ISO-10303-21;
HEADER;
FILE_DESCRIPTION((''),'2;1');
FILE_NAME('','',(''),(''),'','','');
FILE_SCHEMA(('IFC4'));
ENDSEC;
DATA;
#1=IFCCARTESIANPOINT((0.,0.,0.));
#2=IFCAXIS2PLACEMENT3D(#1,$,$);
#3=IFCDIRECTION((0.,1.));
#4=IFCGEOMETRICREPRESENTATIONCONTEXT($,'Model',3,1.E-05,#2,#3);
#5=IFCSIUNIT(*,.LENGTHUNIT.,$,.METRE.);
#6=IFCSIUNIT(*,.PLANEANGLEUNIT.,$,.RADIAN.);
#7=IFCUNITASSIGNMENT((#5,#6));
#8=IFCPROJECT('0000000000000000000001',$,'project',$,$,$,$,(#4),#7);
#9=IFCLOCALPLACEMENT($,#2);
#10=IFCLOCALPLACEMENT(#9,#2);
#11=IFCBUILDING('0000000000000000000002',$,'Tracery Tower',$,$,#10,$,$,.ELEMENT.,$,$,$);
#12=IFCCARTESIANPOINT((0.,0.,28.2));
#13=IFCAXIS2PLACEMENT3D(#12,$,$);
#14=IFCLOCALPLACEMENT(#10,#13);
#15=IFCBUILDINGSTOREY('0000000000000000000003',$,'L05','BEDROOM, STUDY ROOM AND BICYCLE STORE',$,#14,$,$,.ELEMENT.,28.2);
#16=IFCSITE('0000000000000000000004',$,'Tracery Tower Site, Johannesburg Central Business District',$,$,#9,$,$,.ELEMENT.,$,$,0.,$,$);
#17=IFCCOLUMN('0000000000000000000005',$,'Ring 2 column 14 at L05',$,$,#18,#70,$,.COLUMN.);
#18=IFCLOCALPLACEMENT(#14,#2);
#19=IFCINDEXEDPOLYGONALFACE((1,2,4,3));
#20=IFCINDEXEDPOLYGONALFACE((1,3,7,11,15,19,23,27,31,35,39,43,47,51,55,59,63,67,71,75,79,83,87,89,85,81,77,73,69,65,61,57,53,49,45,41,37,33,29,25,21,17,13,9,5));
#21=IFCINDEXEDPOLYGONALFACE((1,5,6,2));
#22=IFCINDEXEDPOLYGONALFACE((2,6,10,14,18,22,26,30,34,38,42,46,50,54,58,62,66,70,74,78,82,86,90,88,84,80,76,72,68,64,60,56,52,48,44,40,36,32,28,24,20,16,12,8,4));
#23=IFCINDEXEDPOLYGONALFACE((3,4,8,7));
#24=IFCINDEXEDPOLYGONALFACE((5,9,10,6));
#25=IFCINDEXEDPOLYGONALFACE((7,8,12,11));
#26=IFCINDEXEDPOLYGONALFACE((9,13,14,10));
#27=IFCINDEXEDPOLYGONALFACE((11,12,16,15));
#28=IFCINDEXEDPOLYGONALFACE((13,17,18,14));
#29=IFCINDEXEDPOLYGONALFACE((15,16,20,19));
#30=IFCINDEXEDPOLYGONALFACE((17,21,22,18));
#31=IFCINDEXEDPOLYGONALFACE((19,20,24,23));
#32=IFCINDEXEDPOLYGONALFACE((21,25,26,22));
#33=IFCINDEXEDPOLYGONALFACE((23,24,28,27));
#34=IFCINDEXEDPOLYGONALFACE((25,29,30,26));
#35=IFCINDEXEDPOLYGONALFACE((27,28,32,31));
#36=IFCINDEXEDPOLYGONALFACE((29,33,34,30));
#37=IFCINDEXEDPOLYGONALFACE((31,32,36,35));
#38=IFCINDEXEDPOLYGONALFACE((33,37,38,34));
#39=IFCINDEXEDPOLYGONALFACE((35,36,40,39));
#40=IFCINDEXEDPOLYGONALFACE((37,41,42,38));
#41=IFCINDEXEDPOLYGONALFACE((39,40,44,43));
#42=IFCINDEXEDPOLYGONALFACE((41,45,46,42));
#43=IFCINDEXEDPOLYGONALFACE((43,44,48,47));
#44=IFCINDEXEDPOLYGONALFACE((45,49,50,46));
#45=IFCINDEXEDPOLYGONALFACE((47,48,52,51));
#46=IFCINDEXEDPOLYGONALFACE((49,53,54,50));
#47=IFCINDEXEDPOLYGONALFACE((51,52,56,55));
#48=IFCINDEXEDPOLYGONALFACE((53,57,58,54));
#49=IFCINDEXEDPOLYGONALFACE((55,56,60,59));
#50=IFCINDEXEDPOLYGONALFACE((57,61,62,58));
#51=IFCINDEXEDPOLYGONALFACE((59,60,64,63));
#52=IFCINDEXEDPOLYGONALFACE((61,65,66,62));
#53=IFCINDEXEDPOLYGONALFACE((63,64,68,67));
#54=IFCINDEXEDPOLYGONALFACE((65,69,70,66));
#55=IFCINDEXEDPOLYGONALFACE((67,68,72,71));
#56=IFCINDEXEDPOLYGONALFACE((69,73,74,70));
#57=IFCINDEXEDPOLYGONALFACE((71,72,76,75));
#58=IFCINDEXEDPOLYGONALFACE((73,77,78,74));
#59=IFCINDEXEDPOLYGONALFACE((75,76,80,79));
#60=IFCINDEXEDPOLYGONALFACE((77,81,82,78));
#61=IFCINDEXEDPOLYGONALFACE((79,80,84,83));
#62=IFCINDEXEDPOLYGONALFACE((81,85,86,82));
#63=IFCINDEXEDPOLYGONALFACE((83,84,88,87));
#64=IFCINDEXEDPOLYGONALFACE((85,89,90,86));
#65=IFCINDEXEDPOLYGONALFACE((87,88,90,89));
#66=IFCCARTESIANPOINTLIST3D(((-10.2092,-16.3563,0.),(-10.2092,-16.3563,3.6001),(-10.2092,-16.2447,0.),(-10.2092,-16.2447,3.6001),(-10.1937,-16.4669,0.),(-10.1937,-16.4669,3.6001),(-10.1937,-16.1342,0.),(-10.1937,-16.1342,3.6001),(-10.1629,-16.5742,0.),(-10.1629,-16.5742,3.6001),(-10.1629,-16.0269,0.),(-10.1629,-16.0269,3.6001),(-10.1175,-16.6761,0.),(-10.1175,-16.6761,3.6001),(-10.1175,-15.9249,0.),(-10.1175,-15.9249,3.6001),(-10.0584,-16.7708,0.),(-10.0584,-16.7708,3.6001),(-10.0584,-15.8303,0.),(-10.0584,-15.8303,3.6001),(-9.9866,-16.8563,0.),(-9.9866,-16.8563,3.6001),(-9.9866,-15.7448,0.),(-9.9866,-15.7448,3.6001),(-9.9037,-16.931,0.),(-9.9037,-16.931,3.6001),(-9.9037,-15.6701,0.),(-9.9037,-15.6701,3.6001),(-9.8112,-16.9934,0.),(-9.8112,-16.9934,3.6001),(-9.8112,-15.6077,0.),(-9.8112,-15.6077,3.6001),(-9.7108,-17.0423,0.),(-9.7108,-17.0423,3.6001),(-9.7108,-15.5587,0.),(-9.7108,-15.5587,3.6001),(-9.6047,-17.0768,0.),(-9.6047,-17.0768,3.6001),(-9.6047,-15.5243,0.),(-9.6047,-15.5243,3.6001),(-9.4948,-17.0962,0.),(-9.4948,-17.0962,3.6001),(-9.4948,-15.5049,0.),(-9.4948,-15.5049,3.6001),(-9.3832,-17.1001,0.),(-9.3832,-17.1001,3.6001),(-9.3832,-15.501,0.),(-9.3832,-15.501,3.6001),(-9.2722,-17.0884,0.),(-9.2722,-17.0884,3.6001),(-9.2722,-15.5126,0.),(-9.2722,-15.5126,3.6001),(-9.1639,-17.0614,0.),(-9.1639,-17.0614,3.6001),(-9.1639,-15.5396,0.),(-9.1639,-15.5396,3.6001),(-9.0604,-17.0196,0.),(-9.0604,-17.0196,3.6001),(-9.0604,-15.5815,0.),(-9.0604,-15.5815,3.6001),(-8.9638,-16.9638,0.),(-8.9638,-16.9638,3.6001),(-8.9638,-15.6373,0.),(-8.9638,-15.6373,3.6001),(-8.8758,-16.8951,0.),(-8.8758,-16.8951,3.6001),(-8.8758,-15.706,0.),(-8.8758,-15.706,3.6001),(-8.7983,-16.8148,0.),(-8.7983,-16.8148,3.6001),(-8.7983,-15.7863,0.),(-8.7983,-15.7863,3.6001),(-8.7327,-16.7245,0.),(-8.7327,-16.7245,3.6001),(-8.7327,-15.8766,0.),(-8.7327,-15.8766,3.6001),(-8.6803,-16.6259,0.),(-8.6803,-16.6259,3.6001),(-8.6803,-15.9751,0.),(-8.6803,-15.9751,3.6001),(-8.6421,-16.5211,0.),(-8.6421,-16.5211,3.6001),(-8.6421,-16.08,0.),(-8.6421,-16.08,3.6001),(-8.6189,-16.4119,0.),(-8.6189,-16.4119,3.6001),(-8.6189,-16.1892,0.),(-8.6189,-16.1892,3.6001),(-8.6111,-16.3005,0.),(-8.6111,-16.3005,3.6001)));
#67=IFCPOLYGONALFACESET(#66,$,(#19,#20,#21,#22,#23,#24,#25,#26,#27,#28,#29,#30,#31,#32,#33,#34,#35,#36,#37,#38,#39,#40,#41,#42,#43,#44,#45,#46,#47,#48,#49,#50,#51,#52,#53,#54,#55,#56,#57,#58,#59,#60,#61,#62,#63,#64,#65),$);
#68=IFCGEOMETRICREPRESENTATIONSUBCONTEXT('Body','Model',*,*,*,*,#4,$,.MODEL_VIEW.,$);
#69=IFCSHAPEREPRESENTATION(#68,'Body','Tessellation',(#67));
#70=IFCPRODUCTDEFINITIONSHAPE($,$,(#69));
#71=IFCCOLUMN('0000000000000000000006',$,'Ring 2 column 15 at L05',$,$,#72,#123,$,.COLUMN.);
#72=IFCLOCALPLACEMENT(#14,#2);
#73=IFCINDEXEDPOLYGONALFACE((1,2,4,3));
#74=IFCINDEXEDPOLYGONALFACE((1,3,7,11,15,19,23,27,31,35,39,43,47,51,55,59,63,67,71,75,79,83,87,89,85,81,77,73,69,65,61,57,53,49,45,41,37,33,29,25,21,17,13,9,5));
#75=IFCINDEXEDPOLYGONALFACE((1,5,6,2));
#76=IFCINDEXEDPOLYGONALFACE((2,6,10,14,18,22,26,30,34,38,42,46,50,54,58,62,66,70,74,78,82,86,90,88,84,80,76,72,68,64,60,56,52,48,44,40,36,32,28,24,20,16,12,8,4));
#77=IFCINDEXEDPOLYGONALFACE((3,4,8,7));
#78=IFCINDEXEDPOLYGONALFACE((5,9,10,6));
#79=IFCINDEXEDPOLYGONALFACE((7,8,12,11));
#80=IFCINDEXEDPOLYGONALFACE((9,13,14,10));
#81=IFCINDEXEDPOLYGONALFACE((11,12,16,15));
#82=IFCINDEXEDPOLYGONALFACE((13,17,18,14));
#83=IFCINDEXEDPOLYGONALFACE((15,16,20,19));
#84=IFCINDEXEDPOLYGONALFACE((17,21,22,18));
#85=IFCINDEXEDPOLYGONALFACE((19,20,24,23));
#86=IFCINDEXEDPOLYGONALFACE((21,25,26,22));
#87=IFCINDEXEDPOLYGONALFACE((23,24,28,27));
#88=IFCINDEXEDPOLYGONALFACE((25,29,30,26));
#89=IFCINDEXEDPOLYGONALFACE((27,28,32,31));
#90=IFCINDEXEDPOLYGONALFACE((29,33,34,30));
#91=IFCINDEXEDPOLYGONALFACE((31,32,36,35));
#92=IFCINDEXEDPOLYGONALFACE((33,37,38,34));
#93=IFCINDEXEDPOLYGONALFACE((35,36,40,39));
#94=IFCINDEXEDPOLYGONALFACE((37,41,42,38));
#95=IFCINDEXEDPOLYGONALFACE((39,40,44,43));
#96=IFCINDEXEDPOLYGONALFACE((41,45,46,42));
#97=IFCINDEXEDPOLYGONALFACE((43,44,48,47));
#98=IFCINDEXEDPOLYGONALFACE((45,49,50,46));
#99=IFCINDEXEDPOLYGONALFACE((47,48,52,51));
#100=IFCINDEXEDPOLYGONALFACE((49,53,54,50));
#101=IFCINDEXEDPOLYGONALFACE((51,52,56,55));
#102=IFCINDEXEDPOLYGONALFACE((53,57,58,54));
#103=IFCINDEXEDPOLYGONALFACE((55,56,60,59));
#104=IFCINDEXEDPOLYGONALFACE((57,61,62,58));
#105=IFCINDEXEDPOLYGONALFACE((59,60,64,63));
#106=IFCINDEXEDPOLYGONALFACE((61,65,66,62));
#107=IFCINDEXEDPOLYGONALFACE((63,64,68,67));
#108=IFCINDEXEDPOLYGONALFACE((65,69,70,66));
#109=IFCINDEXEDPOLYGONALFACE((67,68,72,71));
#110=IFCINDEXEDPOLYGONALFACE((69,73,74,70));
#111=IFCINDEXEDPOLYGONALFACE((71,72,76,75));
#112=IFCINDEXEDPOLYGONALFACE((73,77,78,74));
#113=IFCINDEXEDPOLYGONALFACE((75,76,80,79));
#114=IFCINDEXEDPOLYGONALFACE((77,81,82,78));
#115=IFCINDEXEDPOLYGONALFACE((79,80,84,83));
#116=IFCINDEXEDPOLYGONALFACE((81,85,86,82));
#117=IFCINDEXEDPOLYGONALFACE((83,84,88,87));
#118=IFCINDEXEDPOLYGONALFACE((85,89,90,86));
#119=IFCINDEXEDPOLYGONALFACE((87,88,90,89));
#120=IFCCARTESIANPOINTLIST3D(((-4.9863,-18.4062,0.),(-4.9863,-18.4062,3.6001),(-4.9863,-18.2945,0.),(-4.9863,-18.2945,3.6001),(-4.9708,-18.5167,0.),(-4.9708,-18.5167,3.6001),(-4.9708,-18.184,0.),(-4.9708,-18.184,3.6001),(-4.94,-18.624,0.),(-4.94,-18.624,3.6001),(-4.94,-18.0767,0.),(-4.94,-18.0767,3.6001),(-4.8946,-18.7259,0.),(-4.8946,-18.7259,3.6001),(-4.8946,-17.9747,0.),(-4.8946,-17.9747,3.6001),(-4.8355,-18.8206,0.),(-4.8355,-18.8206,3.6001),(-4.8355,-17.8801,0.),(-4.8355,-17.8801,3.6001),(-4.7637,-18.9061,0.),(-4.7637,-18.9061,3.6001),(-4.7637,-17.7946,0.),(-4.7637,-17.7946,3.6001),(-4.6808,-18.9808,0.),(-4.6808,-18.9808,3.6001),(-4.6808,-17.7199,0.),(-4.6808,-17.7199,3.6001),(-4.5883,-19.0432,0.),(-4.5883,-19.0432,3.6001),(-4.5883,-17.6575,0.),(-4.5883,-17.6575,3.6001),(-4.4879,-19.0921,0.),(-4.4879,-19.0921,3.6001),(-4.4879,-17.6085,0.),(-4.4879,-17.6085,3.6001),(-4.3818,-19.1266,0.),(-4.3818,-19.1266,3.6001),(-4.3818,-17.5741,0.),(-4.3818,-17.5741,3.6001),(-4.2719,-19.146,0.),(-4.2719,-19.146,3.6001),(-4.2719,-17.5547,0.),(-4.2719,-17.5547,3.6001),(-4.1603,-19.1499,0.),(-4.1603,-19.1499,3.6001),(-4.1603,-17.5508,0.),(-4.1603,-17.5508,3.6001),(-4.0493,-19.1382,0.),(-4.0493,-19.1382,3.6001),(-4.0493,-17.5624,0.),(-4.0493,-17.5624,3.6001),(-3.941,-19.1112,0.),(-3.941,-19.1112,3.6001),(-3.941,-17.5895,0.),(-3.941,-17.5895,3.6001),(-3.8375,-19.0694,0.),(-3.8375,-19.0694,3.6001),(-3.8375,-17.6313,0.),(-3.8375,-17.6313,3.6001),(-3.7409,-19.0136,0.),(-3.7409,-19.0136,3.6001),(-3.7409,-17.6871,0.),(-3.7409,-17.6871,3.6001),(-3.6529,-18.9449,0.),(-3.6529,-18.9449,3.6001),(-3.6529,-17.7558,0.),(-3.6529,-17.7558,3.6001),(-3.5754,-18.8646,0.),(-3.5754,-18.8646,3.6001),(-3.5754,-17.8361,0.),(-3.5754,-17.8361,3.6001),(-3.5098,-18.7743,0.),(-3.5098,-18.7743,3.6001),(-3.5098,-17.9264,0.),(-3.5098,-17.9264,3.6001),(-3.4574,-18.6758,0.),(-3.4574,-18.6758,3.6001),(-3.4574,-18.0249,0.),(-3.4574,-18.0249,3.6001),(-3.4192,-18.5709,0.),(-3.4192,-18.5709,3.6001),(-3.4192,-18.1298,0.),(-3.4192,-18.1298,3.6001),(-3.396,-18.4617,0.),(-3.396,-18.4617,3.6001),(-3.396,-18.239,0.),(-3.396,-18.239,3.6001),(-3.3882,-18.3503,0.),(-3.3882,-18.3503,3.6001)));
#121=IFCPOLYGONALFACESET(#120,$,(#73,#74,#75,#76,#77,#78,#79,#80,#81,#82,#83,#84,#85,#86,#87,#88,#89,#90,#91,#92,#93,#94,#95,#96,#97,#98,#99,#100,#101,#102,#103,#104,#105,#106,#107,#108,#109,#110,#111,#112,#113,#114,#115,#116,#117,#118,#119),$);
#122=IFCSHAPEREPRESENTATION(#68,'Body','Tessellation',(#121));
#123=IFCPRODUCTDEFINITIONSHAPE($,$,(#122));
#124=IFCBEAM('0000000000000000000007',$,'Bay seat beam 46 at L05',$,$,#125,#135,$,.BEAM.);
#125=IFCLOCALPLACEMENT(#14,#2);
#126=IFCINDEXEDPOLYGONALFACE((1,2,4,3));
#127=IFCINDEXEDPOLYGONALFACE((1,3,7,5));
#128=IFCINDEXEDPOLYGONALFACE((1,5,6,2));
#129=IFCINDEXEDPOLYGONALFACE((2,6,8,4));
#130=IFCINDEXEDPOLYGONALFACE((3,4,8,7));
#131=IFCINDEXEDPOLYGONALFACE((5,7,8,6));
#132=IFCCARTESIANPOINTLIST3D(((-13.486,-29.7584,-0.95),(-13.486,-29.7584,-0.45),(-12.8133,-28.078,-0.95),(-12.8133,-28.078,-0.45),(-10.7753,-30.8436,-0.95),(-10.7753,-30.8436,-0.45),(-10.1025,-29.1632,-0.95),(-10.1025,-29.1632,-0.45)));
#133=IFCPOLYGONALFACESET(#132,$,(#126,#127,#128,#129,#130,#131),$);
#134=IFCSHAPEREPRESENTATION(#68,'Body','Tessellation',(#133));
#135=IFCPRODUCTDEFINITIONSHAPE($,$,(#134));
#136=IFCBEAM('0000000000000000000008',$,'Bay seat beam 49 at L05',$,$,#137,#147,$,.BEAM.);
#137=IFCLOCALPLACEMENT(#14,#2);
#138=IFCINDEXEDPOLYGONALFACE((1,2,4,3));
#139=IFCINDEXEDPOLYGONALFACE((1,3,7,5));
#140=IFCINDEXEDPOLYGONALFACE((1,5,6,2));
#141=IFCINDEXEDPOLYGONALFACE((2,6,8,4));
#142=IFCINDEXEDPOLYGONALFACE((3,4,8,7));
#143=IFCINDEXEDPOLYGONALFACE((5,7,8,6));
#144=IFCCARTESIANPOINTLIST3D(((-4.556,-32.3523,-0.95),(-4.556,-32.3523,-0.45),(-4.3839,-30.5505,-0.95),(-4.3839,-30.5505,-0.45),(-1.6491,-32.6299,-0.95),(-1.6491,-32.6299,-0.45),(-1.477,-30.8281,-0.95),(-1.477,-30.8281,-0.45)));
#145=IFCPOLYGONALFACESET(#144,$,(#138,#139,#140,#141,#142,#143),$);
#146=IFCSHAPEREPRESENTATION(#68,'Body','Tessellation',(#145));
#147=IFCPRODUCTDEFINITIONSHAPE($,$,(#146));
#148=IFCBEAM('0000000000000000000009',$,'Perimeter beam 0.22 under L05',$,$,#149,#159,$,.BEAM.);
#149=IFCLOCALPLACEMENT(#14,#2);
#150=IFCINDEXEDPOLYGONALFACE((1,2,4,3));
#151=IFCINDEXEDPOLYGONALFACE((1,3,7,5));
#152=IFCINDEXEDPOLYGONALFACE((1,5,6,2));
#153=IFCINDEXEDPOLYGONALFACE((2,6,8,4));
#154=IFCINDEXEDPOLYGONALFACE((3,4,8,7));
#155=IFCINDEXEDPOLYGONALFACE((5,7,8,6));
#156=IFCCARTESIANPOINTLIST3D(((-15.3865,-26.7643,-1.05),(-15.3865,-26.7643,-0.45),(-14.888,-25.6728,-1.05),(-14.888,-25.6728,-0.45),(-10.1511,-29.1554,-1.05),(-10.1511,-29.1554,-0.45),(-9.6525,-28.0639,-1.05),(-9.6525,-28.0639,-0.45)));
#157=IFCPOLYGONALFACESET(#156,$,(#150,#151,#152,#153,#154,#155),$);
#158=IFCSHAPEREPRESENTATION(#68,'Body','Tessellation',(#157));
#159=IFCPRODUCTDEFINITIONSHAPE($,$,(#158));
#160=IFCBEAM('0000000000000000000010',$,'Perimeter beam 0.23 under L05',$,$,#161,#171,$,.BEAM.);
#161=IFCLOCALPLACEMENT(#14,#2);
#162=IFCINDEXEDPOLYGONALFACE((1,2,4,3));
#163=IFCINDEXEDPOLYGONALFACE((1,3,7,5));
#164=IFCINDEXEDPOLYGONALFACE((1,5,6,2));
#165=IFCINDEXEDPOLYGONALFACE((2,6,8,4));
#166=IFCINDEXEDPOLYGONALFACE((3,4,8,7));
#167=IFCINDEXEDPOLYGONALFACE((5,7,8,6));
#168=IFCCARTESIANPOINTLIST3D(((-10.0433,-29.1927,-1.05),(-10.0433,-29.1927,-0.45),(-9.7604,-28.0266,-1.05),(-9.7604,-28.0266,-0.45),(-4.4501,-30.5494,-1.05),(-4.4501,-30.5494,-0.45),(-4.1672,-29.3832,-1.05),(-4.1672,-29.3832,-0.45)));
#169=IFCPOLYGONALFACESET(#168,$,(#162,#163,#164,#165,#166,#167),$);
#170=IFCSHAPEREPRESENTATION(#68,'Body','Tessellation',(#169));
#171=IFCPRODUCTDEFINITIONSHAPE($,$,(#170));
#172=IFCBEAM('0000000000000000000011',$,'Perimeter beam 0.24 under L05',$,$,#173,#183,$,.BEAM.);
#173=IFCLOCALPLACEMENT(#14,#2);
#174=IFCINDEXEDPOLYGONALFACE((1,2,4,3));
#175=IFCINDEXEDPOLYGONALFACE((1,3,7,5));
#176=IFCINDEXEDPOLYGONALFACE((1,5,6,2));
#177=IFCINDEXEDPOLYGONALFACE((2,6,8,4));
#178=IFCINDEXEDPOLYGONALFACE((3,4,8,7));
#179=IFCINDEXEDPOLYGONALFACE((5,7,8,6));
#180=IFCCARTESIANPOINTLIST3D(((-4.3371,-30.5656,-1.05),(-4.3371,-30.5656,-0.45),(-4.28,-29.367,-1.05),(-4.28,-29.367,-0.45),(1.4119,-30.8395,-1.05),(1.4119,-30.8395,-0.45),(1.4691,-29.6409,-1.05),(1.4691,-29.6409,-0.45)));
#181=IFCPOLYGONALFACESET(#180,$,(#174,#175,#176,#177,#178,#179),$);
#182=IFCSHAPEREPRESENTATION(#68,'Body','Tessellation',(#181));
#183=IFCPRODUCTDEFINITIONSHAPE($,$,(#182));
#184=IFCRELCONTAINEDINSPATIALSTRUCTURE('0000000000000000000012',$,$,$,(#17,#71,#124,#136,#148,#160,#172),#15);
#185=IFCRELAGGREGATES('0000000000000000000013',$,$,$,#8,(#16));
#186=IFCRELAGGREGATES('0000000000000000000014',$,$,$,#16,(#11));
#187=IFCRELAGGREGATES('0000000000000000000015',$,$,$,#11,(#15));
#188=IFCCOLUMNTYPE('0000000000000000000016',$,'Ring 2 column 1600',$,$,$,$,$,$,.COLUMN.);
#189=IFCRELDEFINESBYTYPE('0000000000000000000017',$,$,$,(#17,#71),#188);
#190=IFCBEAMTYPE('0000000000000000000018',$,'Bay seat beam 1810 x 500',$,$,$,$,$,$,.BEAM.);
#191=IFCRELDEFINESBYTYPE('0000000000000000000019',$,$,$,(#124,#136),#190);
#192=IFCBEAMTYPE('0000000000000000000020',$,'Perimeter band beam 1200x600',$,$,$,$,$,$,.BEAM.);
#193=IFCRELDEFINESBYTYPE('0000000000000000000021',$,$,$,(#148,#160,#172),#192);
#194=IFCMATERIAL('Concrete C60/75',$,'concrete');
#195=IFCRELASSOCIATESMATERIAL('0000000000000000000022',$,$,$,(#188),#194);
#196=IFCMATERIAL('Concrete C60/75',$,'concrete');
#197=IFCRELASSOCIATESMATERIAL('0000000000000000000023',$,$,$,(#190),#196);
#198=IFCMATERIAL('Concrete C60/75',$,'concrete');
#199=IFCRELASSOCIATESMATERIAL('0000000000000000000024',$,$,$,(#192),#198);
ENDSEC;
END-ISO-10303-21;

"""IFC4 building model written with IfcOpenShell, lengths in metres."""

from ifc_helpers import new_model, si_unit, direction, frame, origin, origin_2d, place, context, subcontext, project, spatial, rectangle, circle, extrude, material, material_profile, profile_set, type_object, element, save


model = new_model("IFC4")

# Units and contexts
model_context = context("Model", 3, precision=1e-05, world=origin(), true_north=direction((0.0, 1.0)))
body_context = subcontext(model_context, "Body", "Model", "MODEL_VIEW")
ifc_project = project(units=[si_unit("LENGTHUNIT", "METRE"), si_unit("PLANEANGLEUNIT", "RADIAN")], contexts=[model_context])

# Site, building, storey
site_placement = place(None, origin())
site = spatial("IfcSite", under=ifc_project, at=site_placement, Name="Tracery Tower Site, Johannesburg Central Business District", CompositionType="ELEMENT", RefElevation=0.0)
building_placement = place(site_placement, origin())
building = spatial("IfcBuilding", under=site, at=building_placement, Name="Tracery Tower", CompositionType="ELEMENT")
storey_placement = place(building_placement, frame((0.0, 0.0, 28.2)))
storey = spatial("IfcBuildingStorey", under=building, at=storey_placement, Name="L05", Description="BEDROOM, STUDY ROOM AND BICYCLE STORE", CompositionType="ELEMENT", Elevation=28.2)

# Columns
ifc_material_1 = material(Name="Concrete C60/75", Category="concrete")
ifc_material_profile_1 = material_profile(ifc_material_1, circle(Radius=0.8, at=origin_2d()), Name="RC D1600")
ifc_profile_set_1 = profile_set([ifc_material_profile_1], Name="Concrete C60/75")
column_type_1 = type_object("IfcColumnType", Name="Ring 2 column 1600", PredefinedType="COLUMN", material=ifc_profile_set_1)
for number, where, z_axis, x_axis, name in (
    (1, (-9.4111, -16.3005, 0.0), (0.0, 0.0, 1.0), (1.0, 0.0, 0.0), "Ring 2 column 14 at L05"),
    (2, (-4.1882, -18.3503, 0.0), (0.0, 0.0, 1.0), (1.0, 0.0, 0.0), "Ring 2 column 15 at L05"),
):
    element("IfcColumn", number, at=place(storey_placement, frame(where, z_axis=z_axis, x_axis=x_axis)), inside=storey, type_object=column_type_1, Name=name, PredefinedType="COLUMN", context=body_context, shape_type="SweptSolid", body=[
        extrude(circle(Radius=0.8, at=origin_2d()), origin(), (0.0, 0.0, 1.0), 3.6001),
    ])

# Beams
ifc_material_2 = material(Name="Concrete C60/75", Category="concrete")
ifc_material_profile_2 = material_profile(ifc_material_2, rectangle(XDim=1.8101, YDim=0.5, at=origin_2d()), Name="RC 1810x500")
ifc_profile_set_2 = profile_set([ifc_material_profile_2], Name="Concrete C60/75")
beam_type_1 = type_object("IfcBeamType", Name="Bay seat beam 1810 x 500", PredefinedType="BEAM", material=ifc_profile_set_2)
beam_1_placement = place(storey_placement, frame((-13.1497, -28.9182, -0.7), z_axis=(0.928367, -0.371665, 0.0), x_axis=(0.371665, 0.928367, 0.0)))
element("IfcBeam", 3, at=beam_1_placement, inside=storey, type_object=beam_type_1, Name="Bay seat beam 46 at L05", PredefinedType="BEAM", context=body_context, shape_type="SweptSolid", body=[
    extrude(rectangle(XDim=1.8101, YDim=0.5, at=origin_2d()), origin(), (0.0, 0.0, 1.0), 2.9199),
])
beam_2_placement = place(storey_placement, frame((-4.47, -31.4514, -0.7), z_axis=(0.995472, -0.095058, 0.0), x_axis=(0.095058, 0.995472, 0.0)))
element("IfcBeam", 4, at=beam_2_placement, inside=storey, type_object=beam_type_1, Name="Bay seat beam 49 at L05", PredefinedType="BEAM", context=body_context, shape_type="SweptSolid", body=[
    extrude(rectangle(XDim=1.8101, YDim=0.5, at=origin_2d()), origin(), (0.0, 0.0, 1.0), 2.9202),
])
ifc_material_3 = material(Name="Concrete C60/75", Category="concrete")
ifc_material_profile_3 = material_profile(ifc_material_3, rectangle(XDim=1.2, YDim=0.6001, at=origin_2d()), Name="RC 1200x600")
ifc_profile_set_3 = profile_set([ifc_material_profile_3], Name="Concrete C60/75")
beam_type_2 = type_object("IfcBeamType", Name="Perimeter band beam 1200x600", PredefinedType="BEAM", material=ifc_profile_set_3)
beam_3_placement = place(storey_placement, frame((-15.1372, -26.2185, -0.75), z_axis=(0.909618, -0.415445, 0.0), x_axis=(0.415445, 0.909618, 0.0)))
element("IfcBeam", 5, at=beam_3_placement, inside=storey, type_object=beam_type_2, Name="Perimeter beam 0.22 under L05", PredefinedType="BEAM", context=body_context, shape_type="SweptSolid", body=[
    extrude(rectangle(XDim=1.2, YDim=0.6001, at=origin_2d()), origin(), (0.0, 0.0, 1.0), 5.7556),
])
beam_4_placement = place(storey_placement, frame((-9.9019, -28.6096, -0.75), z_axis=(0.97182, -0.235723, 0.0), x_axis=(0.235723, 0.97182, 0.0)))
element("IfcBeam", 6, at=beam_4_placement, inside=storey, type_object=beam_type_2, Name="Perimeter beam 0.23 under L05", PredefinedType="BEAM", context=body_context, shape_type="SweptSolid", body=[
    extrude(rectangle(XDim=1.2, YDim=0.6001, at=origin_2d()), origin(), (0.0, 0.0, 1.0), 5.7554),
])
beam_5_placement = place(storey_placement, frame((-4.3086, -29.9663, -0.75), z_axis=(0.998867, -0.047593, 0.0), x_axis=(0.047593, 0.998867, 0.0)))
element("IfcBeam", 7, at=beam_5_placement, inside=storey, type_object=beam_type_2, Name="Perimeter beam 0.24 under L05", PredefinedType="BEAM", context=body_context, shape_type="SweptSolid", body=[
    extrude(rectangle(XDim=1.2, YDim=0.6001, at=origin_2d()), origin(), (0.0, 0.0, 1.0), 5.7556),
])

save(model, "model.ifc")
